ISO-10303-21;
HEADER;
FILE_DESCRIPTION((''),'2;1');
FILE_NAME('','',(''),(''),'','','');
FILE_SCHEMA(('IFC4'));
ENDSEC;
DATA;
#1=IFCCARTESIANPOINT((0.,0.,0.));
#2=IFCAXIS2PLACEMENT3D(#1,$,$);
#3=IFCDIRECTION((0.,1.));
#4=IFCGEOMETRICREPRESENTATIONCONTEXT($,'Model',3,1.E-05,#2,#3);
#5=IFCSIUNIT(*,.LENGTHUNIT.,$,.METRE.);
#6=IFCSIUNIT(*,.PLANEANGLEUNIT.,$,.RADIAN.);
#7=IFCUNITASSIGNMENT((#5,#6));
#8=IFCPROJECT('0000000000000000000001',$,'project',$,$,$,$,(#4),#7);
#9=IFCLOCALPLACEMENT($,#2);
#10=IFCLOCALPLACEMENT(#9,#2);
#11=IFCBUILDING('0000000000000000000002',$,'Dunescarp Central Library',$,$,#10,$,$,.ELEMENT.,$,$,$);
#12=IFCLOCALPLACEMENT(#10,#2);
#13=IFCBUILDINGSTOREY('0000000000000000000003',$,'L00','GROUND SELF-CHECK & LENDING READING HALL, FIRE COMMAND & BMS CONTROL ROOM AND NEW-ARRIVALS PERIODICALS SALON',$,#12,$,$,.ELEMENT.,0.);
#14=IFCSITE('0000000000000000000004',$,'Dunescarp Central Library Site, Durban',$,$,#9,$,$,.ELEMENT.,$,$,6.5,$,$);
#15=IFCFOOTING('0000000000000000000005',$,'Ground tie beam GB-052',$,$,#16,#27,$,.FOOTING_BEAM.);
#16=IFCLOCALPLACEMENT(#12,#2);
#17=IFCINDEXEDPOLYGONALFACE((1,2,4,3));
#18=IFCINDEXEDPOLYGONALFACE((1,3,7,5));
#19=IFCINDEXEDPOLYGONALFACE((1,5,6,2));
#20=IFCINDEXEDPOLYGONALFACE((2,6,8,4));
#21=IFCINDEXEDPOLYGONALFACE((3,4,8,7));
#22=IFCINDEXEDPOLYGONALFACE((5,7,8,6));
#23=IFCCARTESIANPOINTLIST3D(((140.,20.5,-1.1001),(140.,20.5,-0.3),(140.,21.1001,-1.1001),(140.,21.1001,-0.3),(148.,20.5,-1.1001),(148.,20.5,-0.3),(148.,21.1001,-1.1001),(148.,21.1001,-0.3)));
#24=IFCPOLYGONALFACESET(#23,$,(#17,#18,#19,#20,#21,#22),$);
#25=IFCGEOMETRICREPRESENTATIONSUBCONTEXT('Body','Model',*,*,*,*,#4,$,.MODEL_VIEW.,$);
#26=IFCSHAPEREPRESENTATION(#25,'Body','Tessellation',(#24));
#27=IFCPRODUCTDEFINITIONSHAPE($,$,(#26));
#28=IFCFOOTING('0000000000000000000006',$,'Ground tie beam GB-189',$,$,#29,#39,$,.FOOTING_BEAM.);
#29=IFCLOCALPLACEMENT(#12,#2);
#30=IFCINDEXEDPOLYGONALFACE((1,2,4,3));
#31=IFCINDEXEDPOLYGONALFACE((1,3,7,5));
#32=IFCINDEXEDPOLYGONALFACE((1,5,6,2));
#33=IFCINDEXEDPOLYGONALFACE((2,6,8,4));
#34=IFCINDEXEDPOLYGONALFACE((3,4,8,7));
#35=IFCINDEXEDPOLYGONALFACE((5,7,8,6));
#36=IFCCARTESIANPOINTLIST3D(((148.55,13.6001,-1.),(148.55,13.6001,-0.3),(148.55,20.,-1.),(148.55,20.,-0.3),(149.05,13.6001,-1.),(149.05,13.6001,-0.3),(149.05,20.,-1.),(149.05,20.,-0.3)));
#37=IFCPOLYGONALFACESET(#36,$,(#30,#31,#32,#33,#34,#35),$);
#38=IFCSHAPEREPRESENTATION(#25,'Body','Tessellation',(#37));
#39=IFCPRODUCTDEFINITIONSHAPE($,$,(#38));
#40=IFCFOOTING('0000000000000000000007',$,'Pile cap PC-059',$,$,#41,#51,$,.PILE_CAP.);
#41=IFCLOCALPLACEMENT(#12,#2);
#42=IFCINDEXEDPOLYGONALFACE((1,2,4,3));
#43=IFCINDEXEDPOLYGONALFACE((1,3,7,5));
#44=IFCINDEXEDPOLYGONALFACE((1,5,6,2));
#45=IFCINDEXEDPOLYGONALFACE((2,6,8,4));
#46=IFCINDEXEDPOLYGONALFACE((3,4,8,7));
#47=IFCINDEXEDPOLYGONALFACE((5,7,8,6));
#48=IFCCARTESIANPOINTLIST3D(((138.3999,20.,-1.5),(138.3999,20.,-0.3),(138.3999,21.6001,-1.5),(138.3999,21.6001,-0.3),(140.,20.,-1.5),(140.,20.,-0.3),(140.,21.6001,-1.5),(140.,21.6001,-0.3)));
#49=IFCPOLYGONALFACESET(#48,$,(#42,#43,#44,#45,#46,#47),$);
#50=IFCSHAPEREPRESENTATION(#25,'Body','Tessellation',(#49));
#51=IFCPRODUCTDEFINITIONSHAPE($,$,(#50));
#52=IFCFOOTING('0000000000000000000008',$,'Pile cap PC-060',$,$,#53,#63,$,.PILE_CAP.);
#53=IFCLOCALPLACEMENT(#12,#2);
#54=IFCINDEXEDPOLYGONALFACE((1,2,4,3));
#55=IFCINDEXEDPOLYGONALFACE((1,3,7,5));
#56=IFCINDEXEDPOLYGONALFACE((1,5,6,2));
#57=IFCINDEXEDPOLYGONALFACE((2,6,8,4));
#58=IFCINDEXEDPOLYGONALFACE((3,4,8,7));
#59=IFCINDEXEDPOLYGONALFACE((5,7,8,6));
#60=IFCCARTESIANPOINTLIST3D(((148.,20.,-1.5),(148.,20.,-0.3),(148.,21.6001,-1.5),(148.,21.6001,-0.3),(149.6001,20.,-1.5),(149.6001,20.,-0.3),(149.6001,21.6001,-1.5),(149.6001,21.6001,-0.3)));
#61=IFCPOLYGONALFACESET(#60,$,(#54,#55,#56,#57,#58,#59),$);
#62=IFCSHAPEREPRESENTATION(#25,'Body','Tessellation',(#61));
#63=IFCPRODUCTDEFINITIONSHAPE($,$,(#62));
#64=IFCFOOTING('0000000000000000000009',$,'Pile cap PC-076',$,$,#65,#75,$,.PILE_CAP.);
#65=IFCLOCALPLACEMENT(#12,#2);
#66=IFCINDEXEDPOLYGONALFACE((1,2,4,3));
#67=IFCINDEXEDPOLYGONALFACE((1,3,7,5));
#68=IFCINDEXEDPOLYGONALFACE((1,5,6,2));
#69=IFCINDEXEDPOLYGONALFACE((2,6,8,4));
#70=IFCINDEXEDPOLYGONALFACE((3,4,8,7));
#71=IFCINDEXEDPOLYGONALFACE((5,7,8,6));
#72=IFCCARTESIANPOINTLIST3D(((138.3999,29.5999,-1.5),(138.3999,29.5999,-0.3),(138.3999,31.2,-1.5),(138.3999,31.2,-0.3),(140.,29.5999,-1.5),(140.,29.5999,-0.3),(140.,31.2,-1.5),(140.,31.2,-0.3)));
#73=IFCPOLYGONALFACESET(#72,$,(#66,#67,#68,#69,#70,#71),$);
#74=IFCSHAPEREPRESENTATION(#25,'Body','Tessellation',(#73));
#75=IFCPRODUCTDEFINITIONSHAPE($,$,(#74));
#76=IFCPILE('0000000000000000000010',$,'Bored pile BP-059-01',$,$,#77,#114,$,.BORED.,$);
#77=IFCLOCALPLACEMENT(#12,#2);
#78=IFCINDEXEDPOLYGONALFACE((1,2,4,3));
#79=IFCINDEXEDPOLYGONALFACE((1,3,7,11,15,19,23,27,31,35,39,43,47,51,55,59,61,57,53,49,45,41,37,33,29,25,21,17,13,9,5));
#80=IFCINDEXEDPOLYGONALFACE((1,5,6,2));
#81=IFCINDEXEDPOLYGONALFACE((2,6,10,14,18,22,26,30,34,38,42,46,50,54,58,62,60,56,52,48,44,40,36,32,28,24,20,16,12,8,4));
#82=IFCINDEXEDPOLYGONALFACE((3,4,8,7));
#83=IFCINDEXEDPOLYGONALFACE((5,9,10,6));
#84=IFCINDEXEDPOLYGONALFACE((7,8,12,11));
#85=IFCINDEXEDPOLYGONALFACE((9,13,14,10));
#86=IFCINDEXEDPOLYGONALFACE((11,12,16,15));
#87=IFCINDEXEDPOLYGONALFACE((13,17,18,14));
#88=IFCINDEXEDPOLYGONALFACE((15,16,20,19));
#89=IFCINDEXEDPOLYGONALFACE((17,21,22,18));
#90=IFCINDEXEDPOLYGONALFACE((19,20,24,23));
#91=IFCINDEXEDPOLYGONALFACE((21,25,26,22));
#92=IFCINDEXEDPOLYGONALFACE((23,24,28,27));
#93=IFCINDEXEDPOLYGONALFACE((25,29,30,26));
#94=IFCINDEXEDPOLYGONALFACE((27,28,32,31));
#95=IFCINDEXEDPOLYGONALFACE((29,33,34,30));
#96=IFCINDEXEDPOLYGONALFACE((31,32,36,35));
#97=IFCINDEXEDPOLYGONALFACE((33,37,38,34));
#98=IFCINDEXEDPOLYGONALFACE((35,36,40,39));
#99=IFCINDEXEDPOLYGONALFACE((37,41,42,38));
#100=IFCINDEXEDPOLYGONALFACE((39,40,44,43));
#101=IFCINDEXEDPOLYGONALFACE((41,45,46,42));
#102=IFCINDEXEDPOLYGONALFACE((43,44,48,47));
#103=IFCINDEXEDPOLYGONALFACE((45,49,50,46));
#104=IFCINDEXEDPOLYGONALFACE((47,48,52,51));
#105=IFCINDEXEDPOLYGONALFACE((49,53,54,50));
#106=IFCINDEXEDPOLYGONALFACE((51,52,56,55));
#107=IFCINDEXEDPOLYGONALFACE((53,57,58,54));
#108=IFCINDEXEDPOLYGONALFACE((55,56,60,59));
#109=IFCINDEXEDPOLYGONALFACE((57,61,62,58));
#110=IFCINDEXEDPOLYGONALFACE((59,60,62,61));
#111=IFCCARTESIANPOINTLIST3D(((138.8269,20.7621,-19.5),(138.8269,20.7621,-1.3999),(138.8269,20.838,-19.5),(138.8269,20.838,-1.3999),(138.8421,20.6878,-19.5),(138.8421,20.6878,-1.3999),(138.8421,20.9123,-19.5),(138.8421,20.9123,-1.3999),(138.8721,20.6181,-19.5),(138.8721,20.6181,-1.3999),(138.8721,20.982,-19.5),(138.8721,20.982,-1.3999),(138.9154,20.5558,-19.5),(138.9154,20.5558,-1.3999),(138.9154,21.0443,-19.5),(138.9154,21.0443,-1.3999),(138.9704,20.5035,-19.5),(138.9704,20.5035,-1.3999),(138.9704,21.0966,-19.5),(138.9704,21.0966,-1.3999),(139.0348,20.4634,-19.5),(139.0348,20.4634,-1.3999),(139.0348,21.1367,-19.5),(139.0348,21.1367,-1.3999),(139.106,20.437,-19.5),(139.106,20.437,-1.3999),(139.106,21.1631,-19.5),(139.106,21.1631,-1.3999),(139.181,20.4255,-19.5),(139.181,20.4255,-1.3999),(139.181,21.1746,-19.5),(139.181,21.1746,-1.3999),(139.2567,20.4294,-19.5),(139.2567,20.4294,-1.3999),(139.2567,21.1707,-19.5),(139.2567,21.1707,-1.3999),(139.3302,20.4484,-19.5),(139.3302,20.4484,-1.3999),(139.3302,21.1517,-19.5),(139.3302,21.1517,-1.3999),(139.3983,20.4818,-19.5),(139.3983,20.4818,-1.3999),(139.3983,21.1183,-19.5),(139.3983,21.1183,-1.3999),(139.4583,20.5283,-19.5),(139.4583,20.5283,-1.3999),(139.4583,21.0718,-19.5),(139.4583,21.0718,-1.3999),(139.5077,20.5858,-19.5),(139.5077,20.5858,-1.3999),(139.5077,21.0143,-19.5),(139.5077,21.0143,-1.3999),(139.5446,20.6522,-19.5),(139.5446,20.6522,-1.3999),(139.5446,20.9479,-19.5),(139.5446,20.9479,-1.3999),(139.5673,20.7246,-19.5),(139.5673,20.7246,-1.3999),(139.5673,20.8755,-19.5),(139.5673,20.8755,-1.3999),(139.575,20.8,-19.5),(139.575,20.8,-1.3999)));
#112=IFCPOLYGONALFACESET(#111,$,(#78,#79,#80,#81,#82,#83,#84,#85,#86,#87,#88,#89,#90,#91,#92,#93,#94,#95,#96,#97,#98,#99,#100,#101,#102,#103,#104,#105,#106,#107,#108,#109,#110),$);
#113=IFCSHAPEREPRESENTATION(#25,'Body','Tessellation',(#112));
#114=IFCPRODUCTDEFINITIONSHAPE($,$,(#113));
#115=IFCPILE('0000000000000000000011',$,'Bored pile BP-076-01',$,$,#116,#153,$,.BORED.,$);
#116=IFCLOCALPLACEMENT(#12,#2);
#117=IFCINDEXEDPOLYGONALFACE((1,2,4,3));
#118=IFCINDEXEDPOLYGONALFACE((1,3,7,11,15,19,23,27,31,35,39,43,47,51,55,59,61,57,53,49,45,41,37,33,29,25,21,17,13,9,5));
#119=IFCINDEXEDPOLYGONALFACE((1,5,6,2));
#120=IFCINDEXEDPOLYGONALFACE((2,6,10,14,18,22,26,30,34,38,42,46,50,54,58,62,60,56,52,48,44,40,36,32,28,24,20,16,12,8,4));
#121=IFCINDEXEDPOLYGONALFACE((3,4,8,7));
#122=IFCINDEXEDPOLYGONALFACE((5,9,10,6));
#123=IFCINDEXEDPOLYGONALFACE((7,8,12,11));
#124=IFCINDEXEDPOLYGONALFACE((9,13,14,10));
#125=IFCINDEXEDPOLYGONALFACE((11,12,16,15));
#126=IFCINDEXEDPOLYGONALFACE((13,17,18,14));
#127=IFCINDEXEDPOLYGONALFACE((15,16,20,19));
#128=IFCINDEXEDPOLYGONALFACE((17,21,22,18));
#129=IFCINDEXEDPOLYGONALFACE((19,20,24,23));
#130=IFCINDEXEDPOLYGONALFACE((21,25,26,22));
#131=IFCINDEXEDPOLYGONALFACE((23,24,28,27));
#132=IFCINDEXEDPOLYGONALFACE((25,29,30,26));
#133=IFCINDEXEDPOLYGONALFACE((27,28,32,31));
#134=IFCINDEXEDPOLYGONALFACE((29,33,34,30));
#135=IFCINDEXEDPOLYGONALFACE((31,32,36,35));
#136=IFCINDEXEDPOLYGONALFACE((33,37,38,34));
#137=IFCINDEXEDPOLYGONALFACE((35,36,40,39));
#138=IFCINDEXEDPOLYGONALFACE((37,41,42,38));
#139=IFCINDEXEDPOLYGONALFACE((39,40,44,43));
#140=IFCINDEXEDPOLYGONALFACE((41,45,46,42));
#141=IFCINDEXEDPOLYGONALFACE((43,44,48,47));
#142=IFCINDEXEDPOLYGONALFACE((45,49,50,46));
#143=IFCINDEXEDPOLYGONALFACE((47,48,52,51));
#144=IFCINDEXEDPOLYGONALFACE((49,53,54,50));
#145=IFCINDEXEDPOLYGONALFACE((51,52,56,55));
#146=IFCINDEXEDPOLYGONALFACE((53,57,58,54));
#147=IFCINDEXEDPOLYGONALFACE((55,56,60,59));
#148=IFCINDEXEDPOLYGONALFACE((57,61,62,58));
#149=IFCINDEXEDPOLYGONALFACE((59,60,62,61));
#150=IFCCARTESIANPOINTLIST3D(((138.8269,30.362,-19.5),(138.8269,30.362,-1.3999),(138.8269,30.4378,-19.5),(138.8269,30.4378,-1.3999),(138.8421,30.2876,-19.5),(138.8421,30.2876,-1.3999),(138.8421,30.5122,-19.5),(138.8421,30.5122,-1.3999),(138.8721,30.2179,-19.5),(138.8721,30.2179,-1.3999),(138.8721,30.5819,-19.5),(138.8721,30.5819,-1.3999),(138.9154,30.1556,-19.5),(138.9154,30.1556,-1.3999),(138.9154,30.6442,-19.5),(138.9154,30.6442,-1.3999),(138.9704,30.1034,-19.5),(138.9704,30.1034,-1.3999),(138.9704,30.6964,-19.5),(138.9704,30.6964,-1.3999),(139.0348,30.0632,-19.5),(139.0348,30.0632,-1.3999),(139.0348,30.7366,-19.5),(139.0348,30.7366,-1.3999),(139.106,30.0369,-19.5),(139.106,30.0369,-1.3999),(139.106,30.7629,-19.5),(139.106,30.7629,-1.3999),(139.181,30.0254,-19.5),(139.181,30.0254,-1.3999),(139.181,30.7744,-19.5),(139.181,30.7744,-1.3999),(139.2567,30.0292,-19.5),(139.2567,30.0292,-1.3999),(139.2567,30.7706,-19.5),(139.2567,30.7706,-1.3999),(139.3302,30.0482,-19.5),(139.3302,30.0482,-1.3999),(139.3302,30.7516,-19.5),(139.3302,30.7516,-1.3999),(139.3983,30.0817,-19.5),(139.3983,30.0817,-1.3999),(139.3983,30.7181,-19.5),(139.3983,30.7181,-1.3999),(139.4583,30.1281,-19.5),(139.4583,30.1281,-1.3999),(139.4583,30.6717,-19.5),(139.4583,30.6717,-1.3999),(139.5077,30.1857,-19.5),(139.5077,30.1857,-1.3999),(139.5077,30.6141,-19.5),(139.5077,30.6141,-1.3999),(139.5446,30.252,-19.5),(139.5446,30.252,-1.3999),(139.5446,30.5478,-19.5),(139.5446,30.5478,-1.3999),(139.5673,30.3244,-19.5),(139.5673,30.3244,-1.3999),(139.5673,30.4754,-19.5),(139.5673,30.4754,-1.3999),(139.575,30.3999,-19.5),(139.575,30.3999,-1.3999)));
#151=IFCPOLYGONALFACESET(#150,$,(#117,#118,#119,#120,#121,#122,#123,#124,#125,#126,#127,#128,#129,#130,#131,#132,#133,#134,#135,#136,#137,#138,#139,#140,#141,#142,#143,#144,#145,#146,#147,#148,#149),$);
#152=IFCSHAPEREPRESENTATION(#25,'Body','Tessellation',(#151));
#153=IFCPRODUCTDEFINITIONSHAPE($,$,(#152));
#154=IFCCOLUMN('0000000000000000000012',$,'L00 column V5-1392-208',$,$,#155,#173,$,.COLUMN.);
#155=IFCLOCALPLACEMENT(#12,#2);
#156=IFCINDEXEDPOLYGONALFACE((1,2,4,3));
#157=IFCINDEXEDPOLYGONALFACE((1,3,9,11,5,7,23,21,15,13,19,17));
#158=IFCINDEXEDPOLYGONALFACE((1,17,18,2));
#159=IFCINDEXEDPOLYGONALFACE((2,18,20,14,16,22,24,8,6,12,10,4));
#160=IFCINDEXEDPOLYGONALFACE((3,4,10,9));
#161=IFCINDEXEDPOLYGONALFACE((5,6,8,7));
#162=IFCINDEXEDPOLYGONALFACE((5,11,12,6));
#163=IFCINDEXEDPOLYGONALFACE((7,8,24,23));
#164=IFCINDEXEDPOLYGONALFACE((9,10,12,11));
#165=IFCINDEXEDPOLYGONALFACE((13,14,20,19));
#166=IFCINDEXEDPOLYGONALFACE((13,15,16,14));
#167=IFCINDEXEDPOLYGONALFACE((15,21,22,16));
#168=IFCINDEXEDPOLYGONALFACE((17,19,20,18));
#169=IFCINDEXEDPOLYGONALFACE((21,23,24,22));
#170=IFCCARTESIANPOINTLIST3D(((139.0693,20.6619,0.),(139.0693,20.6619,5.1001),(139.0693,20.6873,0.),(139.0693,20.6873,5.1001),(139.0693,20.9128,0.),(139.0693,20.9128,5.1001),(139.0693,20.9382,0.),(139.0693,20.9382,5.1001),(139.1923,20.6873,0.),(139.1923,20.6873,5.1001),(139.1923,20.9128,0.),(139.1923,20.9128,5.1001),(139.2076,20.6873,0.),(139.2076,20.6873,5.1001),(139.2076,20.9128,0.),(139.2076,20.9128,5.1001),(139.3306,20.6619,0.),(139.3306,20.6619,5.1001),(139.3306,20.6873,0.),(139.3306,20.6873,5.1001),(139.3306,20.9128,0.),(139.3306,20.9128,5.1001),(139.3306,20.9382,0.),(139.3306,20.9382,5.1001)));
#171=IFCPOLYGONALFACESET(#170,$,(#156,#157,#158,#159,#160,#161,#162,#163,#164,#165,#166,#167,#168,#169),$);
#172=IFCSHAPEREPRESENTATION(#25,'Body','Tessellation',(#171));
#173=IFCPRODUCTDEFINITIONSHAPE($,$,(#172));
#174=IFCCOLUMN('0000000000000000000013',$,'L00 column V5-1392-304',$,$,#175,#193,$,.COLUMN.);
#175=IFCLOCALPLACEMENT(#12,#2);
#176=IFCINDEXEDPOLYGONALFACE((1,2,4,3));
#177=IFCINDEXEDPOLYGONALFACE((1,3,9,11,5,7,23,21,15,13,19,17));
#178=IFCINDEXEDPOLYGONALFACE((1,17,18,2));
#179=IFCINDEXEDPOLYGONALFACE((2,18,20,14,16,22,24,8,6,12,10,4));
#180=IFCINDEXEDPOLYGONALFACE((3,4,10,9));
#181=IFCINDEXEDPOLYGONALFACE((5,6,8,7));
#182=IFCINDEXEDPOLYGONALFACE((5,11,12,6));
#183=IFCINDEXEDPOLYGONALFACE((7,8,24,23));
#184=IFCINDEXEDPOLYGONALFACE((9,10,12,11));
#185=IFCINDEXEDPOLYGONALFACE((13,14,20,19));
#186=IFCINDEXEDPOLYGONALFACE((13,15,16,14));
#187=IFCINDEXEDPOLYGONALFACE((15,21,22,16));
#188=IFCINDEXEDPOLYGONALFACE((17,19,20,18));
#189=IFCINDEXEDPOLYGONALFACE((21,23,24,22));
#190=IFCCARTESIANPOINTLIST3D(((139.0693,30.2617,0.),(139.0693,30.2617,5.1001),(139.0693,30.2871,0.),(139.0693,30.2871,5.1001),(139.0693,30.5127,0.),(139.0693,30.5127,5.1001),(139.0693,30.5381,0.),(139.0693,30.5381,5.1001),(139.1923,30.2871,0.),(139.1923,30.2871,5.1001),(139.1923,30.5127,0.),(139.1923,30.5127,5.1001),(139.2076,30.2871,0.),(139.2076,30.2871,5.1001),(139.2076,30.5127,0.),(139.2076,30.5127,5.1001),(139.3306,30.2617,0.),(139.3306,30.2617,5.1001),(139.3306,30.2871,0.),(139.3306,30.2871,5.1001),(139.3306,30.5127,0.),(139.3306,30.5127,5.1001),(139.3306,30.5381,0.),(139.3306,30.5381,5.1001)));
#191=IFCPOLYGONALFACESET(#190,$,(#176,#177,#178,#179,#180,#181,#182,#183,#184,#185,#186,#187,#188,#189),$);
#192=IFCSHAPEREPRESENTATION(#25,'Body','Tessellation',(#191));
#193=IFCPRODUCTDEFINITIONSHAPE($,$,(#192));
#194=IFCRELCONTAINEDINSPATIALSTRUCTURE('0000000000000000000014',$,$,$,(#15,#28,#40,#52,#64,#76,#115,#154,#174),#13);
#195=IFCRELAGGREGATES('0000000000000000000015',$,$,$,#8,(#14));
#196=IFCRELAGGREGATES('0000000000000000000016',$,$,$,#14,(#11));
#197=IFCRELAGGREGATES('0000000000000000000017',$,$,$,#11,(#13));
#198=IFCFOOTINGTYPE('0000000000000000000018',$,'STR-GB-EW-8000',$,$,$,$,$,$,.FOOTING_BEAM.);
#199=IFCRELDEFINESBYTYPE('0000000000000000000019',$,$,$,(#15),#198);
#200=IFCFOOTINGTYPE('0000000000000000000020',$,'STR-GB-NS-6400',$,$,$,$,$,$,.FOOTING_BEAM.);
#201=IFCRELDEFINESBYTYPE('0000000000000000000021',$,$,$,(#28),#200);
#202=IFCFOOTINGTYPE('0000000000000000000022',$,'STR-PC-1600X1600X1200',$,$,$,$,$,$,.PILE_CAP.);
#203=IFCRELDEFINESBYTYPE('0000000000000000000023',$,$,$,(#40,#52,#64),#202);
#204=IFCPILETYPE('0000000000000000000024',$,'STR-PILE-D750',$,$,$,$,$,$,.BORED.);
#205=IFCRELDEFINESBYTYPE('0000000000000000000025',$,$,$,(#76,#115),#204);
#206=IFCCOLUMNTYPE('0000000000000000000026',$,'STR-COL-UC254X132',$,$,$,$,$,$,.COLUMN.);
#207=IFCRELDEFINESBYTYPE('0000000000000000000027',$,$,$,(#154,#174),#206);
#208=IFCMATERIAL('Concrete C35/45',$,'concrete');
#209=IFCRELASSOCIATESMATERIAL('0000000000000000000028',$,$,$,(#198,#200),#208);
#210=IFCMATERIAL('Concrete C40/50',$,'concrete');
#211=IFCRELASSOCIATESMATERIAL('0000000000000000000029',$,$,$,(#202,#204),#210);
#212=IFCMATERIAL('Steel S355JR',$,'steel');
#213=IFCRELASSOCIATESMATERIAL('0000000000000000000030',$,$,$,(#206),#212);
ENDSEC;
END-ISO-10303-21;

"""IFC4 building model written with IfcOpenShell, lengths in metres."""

from ifc_helpers import new_model, si_unit, direction, frame, origin, origin_2d, place, context, subcontext, project, spatial, rectangle, circle, i_section, extrude, material, material_profile, profile_set, type_object, element, save


model = new_model("IFC4")

# Units and contexts
model_context = context("Model", 3, precision=1e-05, world=origin(), true_north=direction((0.0, 1.0)))
body_context = subcontext(model_context, "Body", "Model", "MODEL_VIEW")
ifc_project = project(units=[si_unit("LENGTHUNIT", "METRE"), si_unit("PLANEANGLEUNIT", "RADIAN")], contexts=[model_context])

# Site, building, storey
site_placement = place(None, origin())
site = spatial("IfcSite", under=ifc_project, at=site_placement, Name="Dunescarp Central Library Site, Durban", CompositionType="ELEMENT", RefElevation=6.5)
building_placement = place(site_placement, origin())
building = spatial("IfcBuilding", under=site, at=building_placement, Name="Dunescarp Central Library", CompositionType="ELEMENT")
storey_placement = place(building_placement, origin())
storey = spatial("IfcBuildingStorey", under=building, at=storey_placement, Name="L00", Description="GROUND SELF-CHECK & LENDING READING HALL, FIRE COMMAND & BMS CONTROL ROOM AND NEW-ARRIVALS PERIODICALS SALON", CompositionType="ELEMENT", Elevation=0.0)

# Footings
ifc_material_1 = material(Name="Concrete C35/45", Category="concrete")
footing_type_1 = type_object("IfcFootingType", Name="STR-GB-EW-8000", PredefinedType="FOOTING_BEAM", material=ifc_material_1)
footing_1_placement = place(storey_placement, frame((144.0, 20.8, -1.1001), z_axis=(0.0, 0.0, 1.0), x_axis=(1.0, 0.0, 0.0)))
element("IfcFooting", 1, at=footing_1_placement, inside=storey, type_object=footing_type_1, Name="Ground tie beam GB-052", PredefinedType="FOOTING_BEAM", context=body_context, shape_type="SweptSolid", body=[
    extrude(rectangle(XDim=8.0, YDim=0.6001, at=origin_2d()), origin(), (0.0, 0.0, 1.0), 0.8),
])
footing_type_2 = type_object("IfcFootingType", Name="STR-GB-NS-6400", PredefinedType="FOOTING_BEAM", material=ifc_material_1)
footing_2_placement = place(storey_placement, frame((148.8, 16.8, -1.0), z_axis=(0.0, 0.0, 1.0), x_axis=(0.0, 1.0, 0.0)))
element("IfcFooting", 2, at=footing_2_placement, inside=storey, type_object=footing_type_2, Name="Ground tie beam GB-189", PredefinedType="FOOTING_BEAM", context=body_context, shape_type="SweptSolid", body=[
    extrude(rectangle(XDim=6.3999, YDim=0.5, at=origin_2d()), origin(), (0.0, 0.0, 1.0), 0.7),
])
ifc_material_2 = material(Name="Concrete C40/50", Category="concrete")
footing_type_3 = type_object("IfcFootingType", Name="STR-PC-1600X1600X1200", PredefinedType="PILE_CAP", material=ifc_material_2)
for number, where, z_axis, x_axis, name in (
    (3, (139.2, 20.8, -1.5), (0.0, 0.0, 1.0), (1.0, 0.0, 0.0), "Pile cap PC-059"),
    (4, (148.8, 20.8, -1.5), (0.0, 0.0, 1.0), (1.0, 0.0, 0.0), "Pile cap PC-060"),
    (5, (139.2, 30.3999, -1.5), (0.0, 0.0, 1.0), (1.0, 0.0, 0.0), "Pile cap PC-076"),
):
    element("IfcFooting", number, at=place(storey_placement, frame(where, z_axis=z_axis, x_axis=x_axis)), inside=storey, type_object=footing_type_3, Name=name, PredefinedType="PILE_CAP", context=body_context, shape_type="SweptSolid", body=[
        extrude(rectangle(XDim=1.6001, YDim=1.6001, at=origin_2d()), origin(), (0.0, 0.0, 1.0), 1.2),
    ])

# Piles
ifc_material_profile_1 = material_profile(ifc_material_2, circle(Radius=0.375, at=origin_2d()), Name="PILE D750")
ifc_profile_set_1 = profile_set([ifc_material_profile_1], Name="Concrete C40/50")
pile_type = type_object("IfcPileType", Name="STR-PILE-D750", PredefinedType="BORED", material=ifc_profile_set_1)
for number, where, z_axis, x_axis, name in (
    (6, (139.2, 20.8, -1.3999), (0.0, 0.0, -1.0), (1.0, 0.0, 0.0), "Bored pile BP-059-01"),
    (7, (139.2, 30.3999, -1.3999), (0.0, 0.0, -1.0), (1.0, 0.0, 0.0), "Bored pile BP-076-01"),
):
    element("IfcPile", number, at=place(storey_placement, frame(where, z_axis=z_axis, x_axis=x_axis)), inside=storey, type_object=pile_type, Name=name, PredefinedType="BORED", context=body_context, shape_type="SweptSolid", body=[
        extrude(circle(Radius=0.375, at=origin_2d()), origin(), (0.0, 0.0, 1.0), 18.1001),
    ])

# Columns
ifc_material_3 = material(Name="Steel S355JR", Category="steel")
ifc_material_profile_2 = material_profile(ifc_material_3, i_section(OverallWidth=0.2612, OverallDepth=0.2764, WebThickness=0.0154, FlangeThickness=0.0254, at=origin_2d()), Name="UC 254x254x132")
ifc_profile_set_2 = profile_set([ifc_material_profile_2], Name="Steel S355JR")
column_type = type_object("IfcColumnType", Name="STR-COL-UC254X132", PredefinedType="COLUMN", material=ifc_profile_set_2)
for number, where, z_axis, x_axis, name in (
    (8, (139.2, 20.8, 0.0), (0.0, 0.0, 1.0), (1.0, 0.0, 0.0), "L00 column V5-1392-208"),
    (9, (139.2, 30.3999, 0.0), (0.0, 0.0, 1.0), (1.0, 0.0, 0.0), "L00 column V5-1392-304"),
):
    element("IfcColumn", number, at=place(storey_placement, frame(where, z_axis=z_axis, x_axis=x_axis)), inside=storey, type_object=column_type, Name=name, PredefinedType="COLUMN", context=body_context, shape_type="SweptSolid", body=[
        extrude(i_section(OverallWidth=0.2612, OverallDepth=0.2764, WebThickness=0.0154, FlangeThickness=0.0254, at=origin_2d()), origin(), (0.0, 0.0, 1.0), 5.1001),
    ])

save(model, "model.ifc")
